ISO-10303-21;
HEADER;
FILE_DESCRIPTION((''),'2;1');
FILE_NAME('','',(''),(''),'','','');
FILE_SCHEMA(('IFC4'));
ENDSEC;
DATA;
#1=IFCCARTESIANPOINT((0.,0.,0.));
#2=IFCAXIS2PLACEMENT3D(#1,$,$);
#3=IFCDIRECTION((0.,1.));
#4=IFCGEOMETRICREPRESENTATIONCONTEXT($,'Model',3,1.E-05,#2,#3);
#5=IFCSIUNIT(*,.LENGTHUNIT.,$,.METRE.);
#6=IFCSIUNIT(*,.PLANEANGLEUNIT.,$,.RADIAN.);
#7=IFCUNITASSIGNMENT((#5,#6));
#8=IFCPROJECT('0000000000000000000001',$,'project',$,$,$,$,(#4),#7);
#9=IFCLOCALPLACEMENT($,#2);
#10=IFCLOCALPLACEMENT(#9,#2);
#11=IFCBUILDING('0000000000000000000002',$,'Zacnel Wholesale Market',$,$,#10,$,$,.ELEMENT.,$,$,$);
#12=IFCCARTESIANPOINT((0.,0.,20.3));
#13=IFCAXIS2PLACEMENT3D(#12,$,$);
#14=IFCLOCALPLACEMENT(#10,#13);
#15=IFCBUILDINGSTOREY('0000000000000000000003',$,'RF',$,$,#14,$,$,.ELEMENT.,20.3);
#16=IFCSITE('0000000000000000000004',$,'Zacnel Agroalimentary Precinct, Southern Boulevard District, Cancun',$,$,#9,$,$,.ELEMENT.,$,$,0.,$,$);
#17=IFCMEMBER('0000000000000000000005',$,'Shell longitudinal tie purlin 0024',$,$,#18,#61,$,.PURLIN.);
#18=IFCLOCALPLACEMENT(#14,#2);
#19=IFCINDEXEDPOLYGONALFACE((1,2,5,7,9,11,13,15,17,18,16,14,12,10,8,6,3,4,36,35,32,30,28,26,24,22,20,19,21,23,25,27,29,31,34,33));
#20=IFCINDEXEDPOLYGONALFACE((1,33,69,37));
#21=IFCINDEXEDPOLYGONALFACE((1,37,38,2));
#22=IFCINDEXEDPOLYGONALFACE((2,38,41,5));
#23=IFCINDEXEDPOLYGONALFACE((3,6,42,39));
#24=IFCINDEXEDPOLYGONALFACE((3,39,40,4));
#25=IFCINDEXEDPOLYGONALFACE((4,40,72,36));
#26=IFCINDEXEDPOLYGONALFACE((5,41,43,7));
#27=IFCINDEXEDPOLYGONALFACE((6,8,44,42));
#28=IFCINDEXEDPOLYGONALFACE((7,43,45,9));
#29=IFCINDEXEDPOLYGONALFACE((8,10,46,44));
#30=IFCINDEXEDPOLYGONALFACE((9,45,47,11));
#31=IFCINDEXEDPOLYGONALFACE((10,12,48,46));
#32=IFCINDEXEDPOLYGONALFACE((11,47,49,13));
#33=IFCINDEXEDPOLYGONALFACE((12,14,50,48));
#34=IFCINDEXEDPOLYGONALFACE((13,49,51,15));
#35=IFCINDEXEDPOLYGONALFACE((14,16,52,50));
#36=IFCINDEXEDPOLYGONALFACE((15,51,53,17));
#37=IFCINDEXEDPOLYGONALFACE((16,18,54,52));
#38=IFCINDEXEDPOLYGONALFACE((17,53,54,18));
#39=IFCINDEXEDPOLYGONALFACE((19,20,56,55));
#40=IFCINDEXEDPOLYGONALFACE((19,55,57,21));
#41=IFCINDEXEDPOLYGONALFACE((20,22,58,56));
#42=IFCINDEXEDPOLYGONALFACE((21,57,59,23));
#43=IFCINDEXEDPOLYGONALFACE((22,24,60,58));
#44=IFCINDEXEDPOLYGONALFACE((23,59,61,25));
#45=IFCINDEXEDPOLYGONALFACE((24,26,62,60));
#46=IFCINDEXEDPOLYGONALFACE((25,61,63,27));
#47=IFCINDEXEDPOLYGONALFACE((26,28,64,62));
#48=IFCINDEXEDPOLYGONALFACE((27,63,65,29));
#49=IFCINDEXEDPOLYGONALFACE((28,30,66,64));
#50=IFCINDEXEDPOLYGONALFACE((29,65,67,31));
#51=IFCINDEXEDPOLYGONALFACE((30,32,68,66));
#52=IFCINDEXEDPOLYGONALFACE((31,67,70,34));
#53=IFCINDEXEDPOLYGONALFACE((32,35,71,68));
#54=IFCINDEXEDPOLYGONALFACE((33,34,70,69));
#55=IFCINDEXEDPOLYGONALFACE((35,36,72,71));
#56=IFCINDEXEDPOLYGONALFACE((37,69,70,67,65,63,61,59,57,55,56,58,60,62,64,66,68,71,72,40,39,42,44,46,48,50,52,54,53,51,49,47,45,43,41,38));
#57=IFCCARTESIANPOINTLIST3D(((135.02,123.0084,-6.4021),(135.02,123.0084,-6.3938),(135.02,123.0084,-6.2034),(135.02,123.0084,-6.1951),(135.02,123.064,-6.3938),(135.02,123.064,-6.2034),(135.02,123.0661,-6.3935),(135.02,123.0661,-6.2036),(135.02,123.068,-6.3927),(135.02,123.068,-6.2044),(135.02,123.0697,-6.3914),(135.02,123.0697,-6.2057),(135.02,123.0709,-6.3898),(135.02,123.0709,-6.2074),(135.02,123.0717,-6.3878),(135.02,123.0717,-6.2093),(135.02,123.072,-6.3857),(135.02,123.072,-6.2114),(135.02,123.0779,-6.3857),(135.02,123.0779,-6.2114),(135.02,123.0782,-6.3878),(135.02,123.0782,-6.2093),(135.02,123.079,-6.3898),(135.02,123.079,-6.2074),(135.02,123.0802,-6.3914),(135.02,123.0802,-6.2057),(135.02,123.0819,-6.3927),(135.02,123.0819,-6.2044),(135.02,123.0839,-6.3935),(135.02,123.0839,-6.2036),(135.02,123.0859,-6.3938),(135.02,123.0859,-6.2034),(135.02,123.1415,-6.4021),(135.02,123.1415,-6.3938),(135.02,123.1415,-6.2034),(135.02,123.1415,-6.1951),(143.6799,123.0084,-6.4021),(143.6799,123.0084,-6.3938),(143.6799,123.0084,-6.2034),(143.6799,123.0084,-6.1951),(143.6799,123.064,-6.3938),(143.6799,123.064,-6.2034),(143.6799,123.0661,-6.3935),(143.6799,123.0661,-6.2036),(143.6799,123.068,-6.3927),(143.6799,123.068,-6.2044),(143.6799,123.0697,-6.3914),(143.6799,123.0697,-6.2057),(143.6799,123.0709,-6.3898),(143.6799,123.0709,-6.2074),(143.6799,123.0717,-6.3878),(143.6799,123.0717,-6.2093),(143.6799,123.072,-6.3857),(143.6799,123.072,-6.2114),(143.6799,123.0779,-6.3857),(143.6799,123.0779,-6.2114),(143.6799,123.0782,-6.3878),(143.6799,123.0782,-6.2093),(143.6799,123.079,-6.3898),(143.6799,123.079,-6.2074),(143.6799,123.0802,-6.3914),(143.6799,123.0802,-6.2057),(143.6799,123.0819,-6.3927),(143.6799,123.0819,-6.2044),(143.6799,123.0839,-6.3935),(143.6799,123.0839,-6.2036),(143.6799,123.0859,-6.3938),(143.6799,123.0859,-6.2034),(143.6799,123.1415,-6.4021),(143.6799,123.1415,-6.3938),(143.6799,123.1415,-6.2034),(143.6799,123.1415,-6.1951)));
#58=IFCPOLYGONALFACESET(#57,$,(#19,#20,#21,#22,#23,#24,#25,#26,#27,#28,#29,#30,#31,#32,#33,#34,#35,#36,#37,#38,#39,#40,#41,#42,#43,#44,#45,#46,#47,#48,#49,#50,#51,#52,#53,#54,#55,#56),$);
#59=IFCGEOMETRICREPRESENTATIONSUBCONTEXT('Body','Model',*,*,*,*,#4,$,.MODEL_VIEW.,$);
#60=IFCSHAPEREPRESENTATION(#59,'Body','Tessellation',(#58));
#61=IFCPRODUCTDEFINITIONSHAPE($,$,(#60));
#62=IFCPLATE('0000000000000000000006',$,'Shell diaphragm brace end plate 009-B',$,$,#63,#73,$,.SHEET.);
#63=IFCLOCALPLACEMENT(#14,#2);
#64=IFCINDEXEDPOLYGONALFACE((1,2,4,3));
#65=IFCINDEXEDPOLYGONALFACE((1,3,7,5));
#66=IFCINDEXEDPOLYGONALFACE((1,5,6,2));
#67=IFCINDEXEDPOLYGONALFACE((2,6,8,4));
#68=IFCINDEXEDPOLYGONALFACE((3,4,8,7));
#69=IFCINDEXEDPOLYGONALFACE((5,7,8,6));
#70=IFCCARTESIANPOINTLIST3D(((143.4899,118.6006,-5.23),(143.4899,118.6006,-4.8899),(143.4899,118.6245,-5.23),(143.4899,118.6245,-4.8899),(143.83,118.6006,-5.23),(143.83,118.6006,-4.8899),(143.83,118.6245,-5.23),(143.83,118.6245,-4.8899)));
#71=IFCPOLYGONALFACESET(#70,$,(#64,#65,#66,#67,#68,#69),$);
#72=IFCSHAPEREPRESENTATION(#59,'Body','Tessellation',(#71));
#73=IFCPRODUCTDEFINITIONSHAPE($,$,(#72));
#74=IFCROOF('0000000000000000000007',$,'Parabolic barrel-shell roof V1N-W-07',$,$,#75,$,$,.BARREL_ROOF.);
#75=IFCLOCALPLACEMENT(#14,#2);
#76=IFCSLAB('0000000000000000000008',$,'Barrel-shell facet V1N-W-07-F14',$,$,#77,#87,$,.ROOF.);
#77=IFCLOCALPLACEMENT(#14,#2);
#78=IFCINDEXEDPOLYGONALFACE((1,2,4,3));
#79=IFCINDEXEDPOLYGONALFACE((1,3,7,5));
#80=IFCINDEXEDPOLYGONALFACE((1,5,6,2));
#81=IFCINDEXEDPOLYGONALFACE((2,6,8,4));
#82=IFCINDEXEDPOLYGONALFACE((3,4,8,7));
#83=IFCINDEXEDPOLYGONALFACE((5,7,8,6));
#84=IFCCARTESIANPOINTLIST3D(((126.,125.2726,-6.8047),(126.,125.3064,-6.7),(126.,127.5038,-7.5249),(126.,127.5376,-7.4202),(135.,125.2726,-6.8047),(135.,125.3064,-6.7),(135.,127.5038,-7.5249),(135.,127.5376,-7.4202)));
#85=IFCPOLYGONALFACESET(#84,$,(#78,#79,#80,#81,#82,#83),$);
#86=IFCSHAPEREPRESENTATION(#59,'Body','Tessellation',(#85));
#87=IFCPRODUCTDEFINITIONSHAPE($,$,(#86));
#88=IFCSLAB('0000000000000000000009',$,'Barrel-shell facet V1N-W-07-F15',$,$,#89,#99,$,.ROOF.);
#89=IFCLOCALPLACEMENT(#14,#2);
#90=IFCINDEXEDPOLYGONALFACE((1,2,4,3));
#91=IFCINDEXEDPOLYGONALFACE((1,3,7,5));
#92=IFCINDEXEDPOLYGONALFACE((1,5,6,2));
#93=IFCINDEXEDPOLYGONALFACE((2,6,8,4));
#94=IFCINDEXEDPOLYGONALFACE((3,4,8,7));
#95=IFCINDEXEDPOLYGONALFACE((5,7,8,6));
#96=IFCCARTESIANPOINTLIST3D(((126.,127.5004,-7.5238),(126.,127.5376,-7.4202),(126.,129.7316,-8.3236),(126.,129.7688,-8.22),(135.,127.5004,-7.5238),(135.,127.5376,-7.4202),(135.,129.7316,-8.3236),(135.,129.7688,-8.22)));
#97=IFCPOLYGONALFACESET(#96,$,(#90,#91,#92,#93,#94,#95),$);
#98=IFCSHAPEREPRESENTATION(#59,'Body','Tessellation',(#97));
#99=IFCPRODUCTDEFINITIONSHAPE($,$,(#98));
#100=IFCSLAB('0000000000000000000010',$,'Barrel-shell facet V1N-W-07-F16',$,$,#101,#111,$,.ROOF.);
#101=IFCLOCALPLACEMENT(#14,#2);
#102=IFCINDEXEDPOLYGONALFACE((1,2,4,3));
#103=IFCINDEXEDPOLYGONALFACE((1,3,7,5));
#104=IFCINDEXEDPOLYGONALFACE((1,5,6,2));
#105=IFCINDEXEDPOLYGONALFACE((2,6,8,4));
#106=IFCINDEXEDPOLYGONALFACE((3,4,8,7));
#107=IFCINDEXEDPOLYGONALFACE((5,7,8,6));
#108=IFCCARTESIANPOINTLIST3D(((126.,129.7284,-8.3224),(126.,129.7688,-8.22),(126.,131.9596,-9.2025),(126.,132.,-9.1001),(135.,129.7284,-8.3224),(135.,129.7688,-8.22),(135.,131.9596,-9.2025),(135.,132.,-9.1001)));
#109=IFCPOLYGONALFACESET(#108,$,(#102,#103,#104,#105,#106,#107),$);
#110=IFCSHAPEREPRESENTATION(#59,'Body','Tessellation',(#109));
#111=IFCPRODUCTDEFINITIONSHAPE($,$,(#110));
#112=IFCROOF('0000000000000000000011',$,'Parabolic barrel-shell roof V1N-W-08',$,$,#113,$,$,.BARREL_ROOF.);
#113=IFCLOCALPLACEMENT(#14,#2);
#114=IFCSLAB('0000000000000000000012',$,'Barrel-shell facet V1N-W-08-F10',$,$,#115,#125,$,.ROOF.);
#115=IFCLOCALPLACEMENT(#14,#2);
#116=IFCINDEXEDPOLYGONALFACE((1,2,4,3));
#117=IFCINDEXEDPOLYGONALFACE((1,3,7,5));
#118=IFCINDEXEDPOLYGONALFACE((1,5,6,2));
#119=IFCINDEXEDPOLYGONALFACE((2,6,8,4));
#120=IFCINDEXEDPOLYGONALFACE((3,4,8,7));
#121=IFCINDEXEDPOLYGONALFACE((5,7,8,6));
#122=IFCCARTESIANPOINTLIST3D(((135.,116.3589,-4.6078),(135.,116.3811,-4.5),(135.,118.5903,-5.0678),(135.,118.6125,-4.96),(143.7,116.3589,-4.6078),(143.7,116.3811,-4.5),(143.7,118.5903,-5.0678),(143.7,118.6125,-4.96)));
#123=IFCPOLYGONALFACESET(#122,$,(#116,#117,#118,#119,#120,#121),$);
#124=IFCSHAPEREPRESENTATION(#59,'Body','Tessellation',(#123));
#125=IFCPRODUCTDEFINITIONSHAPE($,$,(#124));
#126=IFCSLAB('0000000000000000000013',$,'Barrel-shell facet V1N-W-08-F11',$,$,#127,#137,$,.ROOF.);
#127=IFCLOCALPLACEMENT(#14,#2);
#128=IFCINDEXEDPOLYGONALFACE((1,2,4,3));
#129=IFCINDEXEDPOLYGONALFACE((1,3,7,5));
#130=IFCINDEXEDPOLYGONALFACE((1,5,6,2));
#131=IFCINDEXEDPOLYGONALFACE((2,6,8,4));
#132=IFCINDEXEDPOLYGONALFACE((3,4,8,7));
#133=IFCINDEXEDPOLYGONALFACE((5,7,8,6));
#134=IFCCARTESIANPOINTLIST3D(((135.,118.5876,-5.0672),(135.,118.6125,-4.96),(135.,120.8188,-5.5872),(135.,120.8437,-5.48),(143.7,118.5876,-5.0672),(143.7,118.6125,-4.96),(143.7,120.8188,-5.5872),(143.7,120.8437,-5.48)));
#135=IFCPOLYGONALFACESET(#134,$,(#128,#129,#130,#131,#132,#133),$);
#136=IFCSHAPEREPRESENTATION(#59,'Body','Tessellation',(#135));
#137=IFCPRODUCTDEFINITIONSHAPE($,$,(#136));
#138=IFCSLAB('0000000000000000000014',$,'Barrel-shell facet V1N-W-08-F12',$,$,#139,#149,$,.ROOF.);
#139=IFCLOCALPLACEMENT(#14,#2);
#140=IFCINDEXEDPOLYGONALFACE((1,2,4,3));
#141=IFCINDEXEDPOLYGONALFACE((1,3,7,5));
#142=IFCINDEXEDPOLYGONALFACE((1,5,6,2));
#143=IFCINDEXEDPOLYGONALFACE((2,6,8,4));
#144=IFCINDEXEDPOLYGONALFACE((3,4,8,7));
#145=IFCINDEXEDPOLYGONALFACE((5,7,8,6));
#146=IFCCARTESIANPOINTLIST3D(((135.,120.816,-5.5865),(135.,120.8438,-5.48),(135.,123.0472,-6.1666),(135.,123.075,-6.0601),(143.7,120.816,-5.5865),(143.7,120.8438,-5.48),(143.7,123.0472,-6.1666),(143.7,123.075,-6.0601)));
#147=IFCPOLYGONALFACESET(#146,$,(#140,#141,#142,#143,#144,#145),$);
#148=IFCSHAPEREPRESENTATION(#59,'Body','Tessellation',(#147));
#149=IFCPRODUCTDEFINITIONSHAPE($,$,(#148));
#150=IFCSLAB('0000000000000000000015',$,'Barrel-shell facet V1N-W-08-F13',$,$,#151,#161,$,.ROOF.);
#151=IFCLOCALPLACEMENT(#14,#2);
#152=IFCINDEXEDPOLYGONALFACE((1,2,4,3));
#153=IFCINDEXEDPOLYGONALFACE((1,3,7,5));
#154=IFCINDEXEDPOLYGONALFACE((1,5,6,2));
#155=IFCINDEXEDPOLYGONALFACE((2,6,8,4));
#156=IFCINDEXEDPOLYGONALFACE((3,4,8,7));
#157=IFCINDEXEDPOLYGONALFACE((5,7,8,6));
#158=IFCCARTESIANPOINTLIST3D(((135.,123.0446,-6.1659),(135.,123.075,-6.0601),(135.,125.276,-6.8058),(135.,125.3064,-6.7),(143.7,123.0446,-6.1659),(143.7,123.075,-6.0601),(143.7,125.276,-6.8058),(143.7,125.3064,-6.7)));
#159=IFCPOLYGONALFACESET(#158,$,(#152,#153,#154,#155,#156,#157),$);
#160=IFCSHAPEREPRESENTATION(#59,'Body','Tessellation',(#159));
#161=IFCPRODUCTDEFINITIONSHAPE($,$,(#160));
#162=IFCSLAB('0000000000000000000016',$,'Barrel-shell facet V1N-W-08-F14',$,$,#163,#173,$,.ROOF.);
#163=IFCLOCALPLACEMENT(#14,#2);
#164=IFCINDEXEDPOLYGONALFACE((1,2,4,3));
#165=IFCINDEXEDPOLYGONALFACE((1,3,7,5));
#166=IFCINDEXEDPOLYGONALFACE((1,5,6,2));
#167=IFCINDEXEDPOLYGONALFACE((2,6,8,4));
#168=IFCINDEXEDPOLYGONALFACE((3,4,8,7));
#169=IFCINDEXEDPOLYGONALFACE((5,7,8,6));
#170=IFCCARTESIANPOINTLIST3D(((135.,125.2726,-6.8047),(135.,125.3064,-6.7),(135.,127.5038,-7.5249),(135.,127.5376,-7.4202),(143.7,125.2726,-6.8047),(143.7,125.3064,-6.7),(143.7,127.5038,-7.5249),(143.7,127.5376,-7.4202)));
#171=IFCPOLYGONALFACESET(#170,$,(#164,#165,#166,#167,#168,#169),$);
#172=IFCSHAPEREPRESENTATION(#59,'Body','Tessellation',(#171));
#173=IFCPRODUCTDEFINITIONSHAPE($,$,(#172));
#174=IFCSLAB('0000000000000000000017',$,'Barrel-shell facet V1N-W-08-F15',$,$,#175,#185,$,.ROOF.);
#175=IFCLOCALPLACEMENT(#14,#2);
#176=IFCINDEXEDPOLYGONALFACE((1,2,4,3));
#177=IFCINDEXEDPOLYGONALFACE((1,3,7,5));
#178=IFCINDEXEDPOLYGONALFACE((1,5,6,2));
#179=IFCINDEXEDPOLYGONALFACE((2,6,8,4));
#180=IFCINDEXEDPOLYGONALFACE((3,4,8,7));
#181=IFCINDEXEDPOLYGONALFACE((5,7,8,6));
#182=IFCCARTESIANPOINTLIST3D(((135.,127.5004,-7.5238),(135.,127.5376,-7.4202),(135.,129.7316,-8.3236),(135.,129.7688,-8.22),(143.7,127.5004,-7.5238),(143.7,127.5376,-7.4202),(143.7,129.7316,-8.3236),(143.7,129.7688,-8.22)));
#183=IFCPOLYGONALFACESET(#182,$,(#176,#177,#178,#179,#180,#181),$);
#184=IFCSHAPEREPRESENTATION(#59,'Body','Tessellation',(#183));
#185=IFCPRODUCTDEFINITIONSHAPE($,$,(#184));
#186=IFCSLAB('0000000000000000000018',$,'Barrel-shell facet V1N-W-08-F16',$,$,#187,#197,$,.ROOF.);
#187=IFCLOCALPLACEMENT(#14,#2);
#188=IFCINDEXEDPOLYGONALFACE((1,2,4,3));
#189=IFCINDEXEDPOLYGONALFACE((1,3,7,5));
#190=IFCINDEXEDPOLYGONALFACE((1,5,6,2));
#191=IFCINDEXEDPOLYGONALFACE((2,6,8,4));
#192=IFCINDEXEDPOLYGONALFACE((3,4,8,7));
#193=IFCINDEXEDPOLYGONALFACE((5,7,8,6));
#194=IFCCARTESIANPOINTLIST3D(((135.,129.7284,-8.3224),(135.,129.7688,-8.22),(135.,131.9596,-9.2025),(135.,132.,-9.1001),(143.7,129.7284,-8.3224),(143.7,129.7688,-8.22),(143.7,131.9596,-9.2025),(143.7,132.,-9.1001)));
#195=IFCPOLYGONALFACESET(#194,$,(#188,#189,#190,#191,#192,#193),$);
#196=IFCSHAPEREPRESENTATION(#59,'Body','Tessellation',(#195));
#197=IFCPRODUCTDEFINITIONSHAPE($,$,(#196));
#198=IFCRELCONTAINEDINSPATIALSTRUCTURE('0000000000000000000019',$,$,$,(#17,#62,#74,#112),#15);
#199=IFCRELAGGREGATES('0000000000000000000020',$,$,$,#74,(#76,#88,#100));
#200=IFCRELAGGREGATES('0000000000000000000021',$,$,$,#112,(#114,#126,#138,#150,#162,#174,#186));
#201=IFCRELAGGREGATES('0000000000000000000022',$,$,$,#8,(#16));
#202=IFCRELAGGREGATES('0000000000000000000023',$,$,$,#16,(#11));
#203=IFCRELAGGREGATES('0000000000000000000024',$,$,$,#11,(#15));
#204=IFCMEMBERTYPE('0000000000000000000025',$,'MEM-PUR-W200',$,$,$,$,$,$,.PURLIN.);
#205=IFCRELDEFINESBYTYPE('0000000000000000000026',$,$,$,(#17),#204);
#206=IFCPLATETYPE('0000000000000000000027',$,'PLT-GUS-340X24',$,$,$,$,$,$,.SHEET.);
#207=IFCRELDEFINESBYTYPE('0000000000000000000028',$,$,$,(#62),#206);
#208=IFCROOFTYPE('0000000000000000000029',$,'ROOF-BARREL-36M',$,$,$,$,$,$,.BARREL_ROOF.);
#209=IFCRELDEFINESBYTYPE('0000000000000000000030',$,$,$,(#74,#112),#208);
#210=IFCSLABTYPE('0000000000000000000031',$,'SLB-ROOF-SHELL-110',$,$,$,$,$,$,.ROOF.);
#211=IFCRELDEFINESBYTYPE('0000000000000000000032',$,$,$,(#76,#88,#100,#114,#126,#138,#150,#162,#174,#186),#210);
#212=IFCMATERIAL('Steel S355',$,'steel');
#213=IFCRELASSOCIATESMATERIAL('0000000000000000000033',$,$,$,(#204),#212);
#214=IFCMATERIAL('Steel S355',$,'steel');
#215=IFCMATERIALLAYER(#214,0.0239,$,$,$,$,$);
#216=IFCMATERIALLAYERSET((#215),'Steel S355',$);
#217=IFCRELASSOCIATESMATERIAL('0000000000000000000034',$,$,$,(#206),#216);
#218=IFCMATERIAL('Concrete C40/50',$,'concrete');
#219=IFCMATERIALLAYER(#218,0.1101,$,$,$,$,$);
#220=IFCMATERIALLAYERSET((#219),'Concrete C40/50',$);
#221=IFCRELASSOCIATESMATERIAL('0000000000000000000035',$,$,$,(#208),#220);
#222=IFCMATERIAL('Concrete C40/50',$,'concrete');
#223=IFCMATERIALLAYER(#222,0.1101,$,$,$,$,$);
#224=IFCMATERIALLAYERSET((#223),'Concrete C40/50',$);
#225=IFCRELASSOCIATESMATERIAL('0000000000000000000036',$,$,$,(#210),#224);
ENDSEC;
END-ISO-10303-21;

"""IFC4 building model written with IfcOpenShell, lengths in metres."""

from ifc_helpers import new_model, si_unit, direction, frame, origin, origin_2d, place, context, subcontext, project, spatial, polyline, rectangle, i_section, outline, extrude, material, layer, layer_set, material_profile, profile_set, type_object, element, aggregate, save


model = new_model("IFC4")

# Units and contexts
model_context = context("Model", 3, precision=1e-05, world=origin(), true_north=direction((0.0, 1.0)))
body_context = subcontext(model_context, "Body", "Model", "MODEL_VIEW")
ifc_project = project(units=[si_unit("LENGTHUNIT", "METRE"), si_unit("PLANEANGLEUNIT", "RADIAN")], contexts=[model_context])

# Site, building, storey
site_placement = place(None, origin())
site = spatial("IfcSite", under=ifc_project, at=site_placement, Name="Zacnel Agroalimentary Precinct, Southern Boulevard District, Cancun", CompositionType="ELEMENT", RefElevation=0.0)
building_placement = place(site_placement, origin())
building = spatial("IfcBuilding", under=site, at=building_placement, Name="Zacnel Wholesale Market", CompositionType="ELEMENT")
storey_placement = place(building_placement, frame((0.0, 0.0, 20.3)))
storey = spatial("IfcBuildingStorey", under=building, at=storey_placement, Name="RF", CompositionType="ELEMENT", Elevation=20.3)

# Member
ifc_material_1 = material(Name="Steel S355", Category="steel")
ifc_material_profile_1 = material_profile(ifc_material_1, i_section(OverallWidth=0.1331, OverallDepth=0.207, WebThickness=0.0059, FlangeThickness=0.0083, FilletRadius=0.0081, at=origin_2d()), Name="W200X26.6")
ifc_profile_set_1 = profile_set([ifc_material_profile_1], Name="Steel S355")
member_type = type_object("IfcMemberType", Name="MEM-PUR-W200", PredefinedType="PURLIN", material=ifc_profile_set_1)
member_1_placement = place(storey_placement, frame((135.02, 123.075, -6.2986), z_axis=(1.0, 0.0, 0.0), x_axis=(0.0, 1.0, 0.0)))
element("IfcMember", 1, at=member_1_placement, inside=storey, type_object=member_type, Name="Shell longitudinal tie purlin 0024", PredefinedType="PURLIN", context=body_context, shape_type="SweptSolid", body=[
    extrude(i_section(OverallWidth=0.1331, OverallDepth=0.207, WebThickness=0.0059, FlangeThickness=0.0083, FilletRadius=0.0081, at=origin_2d()), origin(), (0.0, 0.0, 1.0), 8.6599),
])

# Plate
ifc_material_2 = material(Name="Steel S355", Category="steel")
ifc_layer_1 = layer(ifc_material_2, 0.0239)
ifc_layer_set_1 = layer_set([ifc_layer_1], Name="Steel S355")
plate_type = type_object("IfcPlateType", Name="PLT-GUS-340X24", PredefinedType="SHEET", material=ifc_layer_set_1)
plate_placement = place(storey_placement, frame((143.6599, 118.6125, -5.23), z_axis=(0.0, 0.0, 1.0), x_axis=(1.0, 0.0, 0.0)))
element("IfcPlate", 2, at=plate_placement, inside=storey, type_object=plate_type, Name="Shell diaphragm brace end plate 009-B", PredefinedType="SHEET", context=body_context, shape_type="SweptSolid", body=[
    extrude(rectangle(XDim=0.3401, YDim=0.0239, at=origin_2d()), origin(), (0.0, 0.0, 1.0), 0.3401),
])

# Roofs, slabs
ifc_material_3 = material(Name="Concrete C40/50", Category="concrete")
ifc_layer_2 = layer(ifc_material_3, 0.1101)
ifc_layer_set_2 = layer_set([ifc_layer_2], Name="Concrete C40/50")
roof_type = type_object("IfcRoofType", Name="ROOF-BARREL-36M", PredefinedType="BARREL_ROOF", material=ifc_layer_set_2)
roof_1_placement = place(storey_placement, origin())
roof_1 = element("IfcRoof", 3, at=roof_1_placement, inside=storey, type_object=roof_type, Name="Parabolic barrel-shell roof V1N-W-07", PredefinedType="BARREL_ROOF")
ifc_material_4 = material(Name="Concrete C40/50", Category="concrete")
ifc_layer_3 = layer(ifc_material_4, 0.1101)
ifc_layer_set_3 = layer_set([ifc_layer_3], Name="Concrete C40/50")
slab_type = type_object("IfcSlabType", Name="SLB-ROOF-SHELL-110", PredefinedType="ROOF", material=ifc_layer_set_3)
slab_1_placement = place(storey_placement, frame((126.0, 125.3064, -6.7), z_axis=(0.0, 0.307185, 0.95165), x_axis=(1.0, 0.0, 0.0)))
slab_1 = element("IfcSlab", 4, at=slab_1_placement, type_object=slab_type, Name="Barrel-shell facet V1N-W-07-F14", PredefinedType="ROOF", context=body_context, shape_type="SweptSolid", body=[
    extrude(outline(polyline([(0.0, 0.0), (9.0, 0.0), (9.0, 2.3446), (0.0, 2.3446), (0.0, 0.0)])), origin(), (0.0, 0.0, -1.0), 0.1101),
])
slab_2_placement = place(storey_placement, frame((126.0, 127.5376, -7.4202), z_axis=(0.0, 0.337439, 0.941347), x_axis=(1.0, 0.0, 0.0)))
slab_2 = element("IfcSlab", 5, at=slab_2_placement, type_object=slab_type, Name="Barrel-shell facet V1N-W-07-F15", PredefinedType="ROOF", context=body_context, shape_type="SweptSolid", body=[
    extrude(outline(polyline([(0.0, 0.0), (9.0, 0.0), (9.0, 2.3702), (0.0, 2.3702), (0.0, 0.0)])), origin(), (0.0, 0.0, -1.0), 0.1101),
])
slab_3_placement = place(storey_placement, frame((126.0, 129.7688, -8.22), z_axis=(0.0, 0.366946, 0.930242), x_axis=(1.0, 0.0, 0.0)))
slab_3 = element("IfcSlab", 6, at=slab_3_placement, type_object=slab_type, Name="Barrel-shell facet V1N-W-07-F16", PredefinedType="ROOF", context=body_context, shape_type="SweptSolid", body=[
    extrude(outline(polyline([(0.0, 0.0), (9.0, 0.0), (9.0, 2.3985), (0.0, 2.3985), (0.0, 0.0)])), origin(), (0.0, 0.0, -1.0), 0.1101),
])
aggregate(roof_1, [slab_1, slab_2, slab_3])
roof_2_placement = place(storey_placement, origin())
roof_2 = element("IfcRoof", 7, at=roof_2_placement, inside=storey, type_object=roof_type, Name="Parabolic barrel-shell roof V1N-W-08", PredefinedType="BARREL_ROOF")
slab_4_placement = place(storey_placement, frame((135.0, 116.3811, -4.5), z_axis=(0.0, 0.201883, 0.97941), x_axis=(1.0, 0.0, 0.0)))
slab_4 = element("IfcSlab", 8, at=slab_4_placement, type_object=slab_type, Name="Barrel-shell facet V1N-W-08-F10", PredefinedType="ROOF", context=body_context, shape_type="SweptSolid", body=[
    extrude(outline(polyline([(0.0, 0.0), (8.7, 0.0), (8.7, 2.2784), (0.0, 2.2784), (0.0, 0.0)])), origin(), (0.0, 0.0, -1.0), 0.1101),
])
slab_5_placement = place(storey_placement, frame((135.0, 118.6125, -4.96), z_axis=(0.0, 0.226984, 0.973899), x_axis=(1.0, 0.0, 0.0)))
slab_5 = element("IfcSlab", 9, at=slab_5_placement, type_object=slab_type, Name="Barrel-shell facet V1N-W-08-F11", PredefinedType="ROOF", context=body_context, shape_type="SweptSolid", body=[
    extrude(outline(polyline([(0.0, 0.0), (8.7, 0.0), (8.7, 2.291), (0.0, 2.291), (0.0, 0.0)])), origin(), (0.0, 0.0, -1.0), 0.1101),
])
slab_6_placement = place(storey_placement, frame((135.0, 120.8438, -5.48), z_axis=(0.0, 0.25162, 0.967826), x_axis=(1.0, 0.0, 0.0)))
slab_6 = element("IfcSlab", 10, at=slab_6_placement, type_object=slab_type, Name="Barrel-shell facet V1N-W-08-F12", PredefinedType="ROOF", context=body_context, shape_type="SweptSolid", body=[
    extrude(outline(polyline([(0.0, 0.0), (8.7, 0.0), (8.7, 2.3054), (0.0, 2.3054), (0.0, 0.0)])), origin(), (0.0, 0.0, -1.0), 0.1101),
])
slab_7_placement = place(storey_placement, frame((135.0, 123.075, -6.0601), z_axis=(0.0, 0.275652, 0.961258), x_axis=(1.0, 0.0, 0.0)))
slab_7 = element("IfcSlab", 11, at=slab_7_placement, type_object=slab_type, Name="Barrel-shell facet V1N-W-08-F13", PredefinedType="ROOF", context=body_context, shape_type="SweptSolid", body=[
    extrude(outline(polyline([(0.0, 0.0), (8.7, 0.0), (8.7, 2.3214), (0.0, 2.3214), (0.0, 0.0)])), origin(), (0.0, 0.0, -1.0), 0.1101),
])
slab_8_placement = place(storey_placement, frame((135.0, 125.3064, -6.7), z_axis=(0.0, 0.307185, 0.95165), x_axis=(1.0, 0.0, 0.0)))
slab_8 = element("IfcSlab", 12, at=slab_8_placement, type_object=slab_type, Name="Barrel-shell facet V1N-W-08-F14", PredefinedType="ROOF", context=body_context, shape_type="SweptSolid", body=[
    extrude(outline(polyline([(0.0, 0.0), (8.7, 0.0), (8.7, 2.3446), (0.0, 2.3446), (0.0, 0.0)])), origin(), (0.0, 0.0, -1.0), 0.1101),
])
slab_9_placement = place(storey_placement, frame((135.0, 127.5376, -7.4202), z_axis=(0.0, 0.337439, 0.941347), x_axis=(1.0, 0.0, 0.0)))
slab_9 = element("IfcSlab", 13, at=slab_9_placement, type_object=slab_type, Name="Barrel-shell facet V1N-W-08-F15", PredefinedType="ROOF", context=body_context, shape_type="SweptSolid", body=[
    extrude(outline(polyline([(0.0, 0.0), (8.7, 0.0), (8.7, 2.3702), (0.0, 2.3702), (0.0, 0.0)])), origin(), (0.0, 0.0, -1.0), 0.1101),
])
slab_10_placement = place(storey_placement, frame((135.0, 129.7688, -8.22), z_axis=(0.0, 0.366946, 0.930242), x_axis=(1.0, 0.0, 0.0)))
slab_10 = element("IfcSlab", 14, at=slab_10_placement, type_object=slab_type, Name="Barrel-shell facet V1N-W-08-F16", PredefinedType="ROOF", context=body_context, shape_type="SweptSolid", body=[
    extrude(outline(polyline([(0.0, 0.0), (8.7, 0.0), (8.7, 2.3985), (0.0, 2.3985), (0.0, 0.0)])), origin(), (0.0, 0.0, -1.0), 0.1101),
])
aggregate(roof_2, [slab_4, slab_5, slab_6, slab_7, slab_8, slab_9, slab_10])

save(model, "model.ifc")
